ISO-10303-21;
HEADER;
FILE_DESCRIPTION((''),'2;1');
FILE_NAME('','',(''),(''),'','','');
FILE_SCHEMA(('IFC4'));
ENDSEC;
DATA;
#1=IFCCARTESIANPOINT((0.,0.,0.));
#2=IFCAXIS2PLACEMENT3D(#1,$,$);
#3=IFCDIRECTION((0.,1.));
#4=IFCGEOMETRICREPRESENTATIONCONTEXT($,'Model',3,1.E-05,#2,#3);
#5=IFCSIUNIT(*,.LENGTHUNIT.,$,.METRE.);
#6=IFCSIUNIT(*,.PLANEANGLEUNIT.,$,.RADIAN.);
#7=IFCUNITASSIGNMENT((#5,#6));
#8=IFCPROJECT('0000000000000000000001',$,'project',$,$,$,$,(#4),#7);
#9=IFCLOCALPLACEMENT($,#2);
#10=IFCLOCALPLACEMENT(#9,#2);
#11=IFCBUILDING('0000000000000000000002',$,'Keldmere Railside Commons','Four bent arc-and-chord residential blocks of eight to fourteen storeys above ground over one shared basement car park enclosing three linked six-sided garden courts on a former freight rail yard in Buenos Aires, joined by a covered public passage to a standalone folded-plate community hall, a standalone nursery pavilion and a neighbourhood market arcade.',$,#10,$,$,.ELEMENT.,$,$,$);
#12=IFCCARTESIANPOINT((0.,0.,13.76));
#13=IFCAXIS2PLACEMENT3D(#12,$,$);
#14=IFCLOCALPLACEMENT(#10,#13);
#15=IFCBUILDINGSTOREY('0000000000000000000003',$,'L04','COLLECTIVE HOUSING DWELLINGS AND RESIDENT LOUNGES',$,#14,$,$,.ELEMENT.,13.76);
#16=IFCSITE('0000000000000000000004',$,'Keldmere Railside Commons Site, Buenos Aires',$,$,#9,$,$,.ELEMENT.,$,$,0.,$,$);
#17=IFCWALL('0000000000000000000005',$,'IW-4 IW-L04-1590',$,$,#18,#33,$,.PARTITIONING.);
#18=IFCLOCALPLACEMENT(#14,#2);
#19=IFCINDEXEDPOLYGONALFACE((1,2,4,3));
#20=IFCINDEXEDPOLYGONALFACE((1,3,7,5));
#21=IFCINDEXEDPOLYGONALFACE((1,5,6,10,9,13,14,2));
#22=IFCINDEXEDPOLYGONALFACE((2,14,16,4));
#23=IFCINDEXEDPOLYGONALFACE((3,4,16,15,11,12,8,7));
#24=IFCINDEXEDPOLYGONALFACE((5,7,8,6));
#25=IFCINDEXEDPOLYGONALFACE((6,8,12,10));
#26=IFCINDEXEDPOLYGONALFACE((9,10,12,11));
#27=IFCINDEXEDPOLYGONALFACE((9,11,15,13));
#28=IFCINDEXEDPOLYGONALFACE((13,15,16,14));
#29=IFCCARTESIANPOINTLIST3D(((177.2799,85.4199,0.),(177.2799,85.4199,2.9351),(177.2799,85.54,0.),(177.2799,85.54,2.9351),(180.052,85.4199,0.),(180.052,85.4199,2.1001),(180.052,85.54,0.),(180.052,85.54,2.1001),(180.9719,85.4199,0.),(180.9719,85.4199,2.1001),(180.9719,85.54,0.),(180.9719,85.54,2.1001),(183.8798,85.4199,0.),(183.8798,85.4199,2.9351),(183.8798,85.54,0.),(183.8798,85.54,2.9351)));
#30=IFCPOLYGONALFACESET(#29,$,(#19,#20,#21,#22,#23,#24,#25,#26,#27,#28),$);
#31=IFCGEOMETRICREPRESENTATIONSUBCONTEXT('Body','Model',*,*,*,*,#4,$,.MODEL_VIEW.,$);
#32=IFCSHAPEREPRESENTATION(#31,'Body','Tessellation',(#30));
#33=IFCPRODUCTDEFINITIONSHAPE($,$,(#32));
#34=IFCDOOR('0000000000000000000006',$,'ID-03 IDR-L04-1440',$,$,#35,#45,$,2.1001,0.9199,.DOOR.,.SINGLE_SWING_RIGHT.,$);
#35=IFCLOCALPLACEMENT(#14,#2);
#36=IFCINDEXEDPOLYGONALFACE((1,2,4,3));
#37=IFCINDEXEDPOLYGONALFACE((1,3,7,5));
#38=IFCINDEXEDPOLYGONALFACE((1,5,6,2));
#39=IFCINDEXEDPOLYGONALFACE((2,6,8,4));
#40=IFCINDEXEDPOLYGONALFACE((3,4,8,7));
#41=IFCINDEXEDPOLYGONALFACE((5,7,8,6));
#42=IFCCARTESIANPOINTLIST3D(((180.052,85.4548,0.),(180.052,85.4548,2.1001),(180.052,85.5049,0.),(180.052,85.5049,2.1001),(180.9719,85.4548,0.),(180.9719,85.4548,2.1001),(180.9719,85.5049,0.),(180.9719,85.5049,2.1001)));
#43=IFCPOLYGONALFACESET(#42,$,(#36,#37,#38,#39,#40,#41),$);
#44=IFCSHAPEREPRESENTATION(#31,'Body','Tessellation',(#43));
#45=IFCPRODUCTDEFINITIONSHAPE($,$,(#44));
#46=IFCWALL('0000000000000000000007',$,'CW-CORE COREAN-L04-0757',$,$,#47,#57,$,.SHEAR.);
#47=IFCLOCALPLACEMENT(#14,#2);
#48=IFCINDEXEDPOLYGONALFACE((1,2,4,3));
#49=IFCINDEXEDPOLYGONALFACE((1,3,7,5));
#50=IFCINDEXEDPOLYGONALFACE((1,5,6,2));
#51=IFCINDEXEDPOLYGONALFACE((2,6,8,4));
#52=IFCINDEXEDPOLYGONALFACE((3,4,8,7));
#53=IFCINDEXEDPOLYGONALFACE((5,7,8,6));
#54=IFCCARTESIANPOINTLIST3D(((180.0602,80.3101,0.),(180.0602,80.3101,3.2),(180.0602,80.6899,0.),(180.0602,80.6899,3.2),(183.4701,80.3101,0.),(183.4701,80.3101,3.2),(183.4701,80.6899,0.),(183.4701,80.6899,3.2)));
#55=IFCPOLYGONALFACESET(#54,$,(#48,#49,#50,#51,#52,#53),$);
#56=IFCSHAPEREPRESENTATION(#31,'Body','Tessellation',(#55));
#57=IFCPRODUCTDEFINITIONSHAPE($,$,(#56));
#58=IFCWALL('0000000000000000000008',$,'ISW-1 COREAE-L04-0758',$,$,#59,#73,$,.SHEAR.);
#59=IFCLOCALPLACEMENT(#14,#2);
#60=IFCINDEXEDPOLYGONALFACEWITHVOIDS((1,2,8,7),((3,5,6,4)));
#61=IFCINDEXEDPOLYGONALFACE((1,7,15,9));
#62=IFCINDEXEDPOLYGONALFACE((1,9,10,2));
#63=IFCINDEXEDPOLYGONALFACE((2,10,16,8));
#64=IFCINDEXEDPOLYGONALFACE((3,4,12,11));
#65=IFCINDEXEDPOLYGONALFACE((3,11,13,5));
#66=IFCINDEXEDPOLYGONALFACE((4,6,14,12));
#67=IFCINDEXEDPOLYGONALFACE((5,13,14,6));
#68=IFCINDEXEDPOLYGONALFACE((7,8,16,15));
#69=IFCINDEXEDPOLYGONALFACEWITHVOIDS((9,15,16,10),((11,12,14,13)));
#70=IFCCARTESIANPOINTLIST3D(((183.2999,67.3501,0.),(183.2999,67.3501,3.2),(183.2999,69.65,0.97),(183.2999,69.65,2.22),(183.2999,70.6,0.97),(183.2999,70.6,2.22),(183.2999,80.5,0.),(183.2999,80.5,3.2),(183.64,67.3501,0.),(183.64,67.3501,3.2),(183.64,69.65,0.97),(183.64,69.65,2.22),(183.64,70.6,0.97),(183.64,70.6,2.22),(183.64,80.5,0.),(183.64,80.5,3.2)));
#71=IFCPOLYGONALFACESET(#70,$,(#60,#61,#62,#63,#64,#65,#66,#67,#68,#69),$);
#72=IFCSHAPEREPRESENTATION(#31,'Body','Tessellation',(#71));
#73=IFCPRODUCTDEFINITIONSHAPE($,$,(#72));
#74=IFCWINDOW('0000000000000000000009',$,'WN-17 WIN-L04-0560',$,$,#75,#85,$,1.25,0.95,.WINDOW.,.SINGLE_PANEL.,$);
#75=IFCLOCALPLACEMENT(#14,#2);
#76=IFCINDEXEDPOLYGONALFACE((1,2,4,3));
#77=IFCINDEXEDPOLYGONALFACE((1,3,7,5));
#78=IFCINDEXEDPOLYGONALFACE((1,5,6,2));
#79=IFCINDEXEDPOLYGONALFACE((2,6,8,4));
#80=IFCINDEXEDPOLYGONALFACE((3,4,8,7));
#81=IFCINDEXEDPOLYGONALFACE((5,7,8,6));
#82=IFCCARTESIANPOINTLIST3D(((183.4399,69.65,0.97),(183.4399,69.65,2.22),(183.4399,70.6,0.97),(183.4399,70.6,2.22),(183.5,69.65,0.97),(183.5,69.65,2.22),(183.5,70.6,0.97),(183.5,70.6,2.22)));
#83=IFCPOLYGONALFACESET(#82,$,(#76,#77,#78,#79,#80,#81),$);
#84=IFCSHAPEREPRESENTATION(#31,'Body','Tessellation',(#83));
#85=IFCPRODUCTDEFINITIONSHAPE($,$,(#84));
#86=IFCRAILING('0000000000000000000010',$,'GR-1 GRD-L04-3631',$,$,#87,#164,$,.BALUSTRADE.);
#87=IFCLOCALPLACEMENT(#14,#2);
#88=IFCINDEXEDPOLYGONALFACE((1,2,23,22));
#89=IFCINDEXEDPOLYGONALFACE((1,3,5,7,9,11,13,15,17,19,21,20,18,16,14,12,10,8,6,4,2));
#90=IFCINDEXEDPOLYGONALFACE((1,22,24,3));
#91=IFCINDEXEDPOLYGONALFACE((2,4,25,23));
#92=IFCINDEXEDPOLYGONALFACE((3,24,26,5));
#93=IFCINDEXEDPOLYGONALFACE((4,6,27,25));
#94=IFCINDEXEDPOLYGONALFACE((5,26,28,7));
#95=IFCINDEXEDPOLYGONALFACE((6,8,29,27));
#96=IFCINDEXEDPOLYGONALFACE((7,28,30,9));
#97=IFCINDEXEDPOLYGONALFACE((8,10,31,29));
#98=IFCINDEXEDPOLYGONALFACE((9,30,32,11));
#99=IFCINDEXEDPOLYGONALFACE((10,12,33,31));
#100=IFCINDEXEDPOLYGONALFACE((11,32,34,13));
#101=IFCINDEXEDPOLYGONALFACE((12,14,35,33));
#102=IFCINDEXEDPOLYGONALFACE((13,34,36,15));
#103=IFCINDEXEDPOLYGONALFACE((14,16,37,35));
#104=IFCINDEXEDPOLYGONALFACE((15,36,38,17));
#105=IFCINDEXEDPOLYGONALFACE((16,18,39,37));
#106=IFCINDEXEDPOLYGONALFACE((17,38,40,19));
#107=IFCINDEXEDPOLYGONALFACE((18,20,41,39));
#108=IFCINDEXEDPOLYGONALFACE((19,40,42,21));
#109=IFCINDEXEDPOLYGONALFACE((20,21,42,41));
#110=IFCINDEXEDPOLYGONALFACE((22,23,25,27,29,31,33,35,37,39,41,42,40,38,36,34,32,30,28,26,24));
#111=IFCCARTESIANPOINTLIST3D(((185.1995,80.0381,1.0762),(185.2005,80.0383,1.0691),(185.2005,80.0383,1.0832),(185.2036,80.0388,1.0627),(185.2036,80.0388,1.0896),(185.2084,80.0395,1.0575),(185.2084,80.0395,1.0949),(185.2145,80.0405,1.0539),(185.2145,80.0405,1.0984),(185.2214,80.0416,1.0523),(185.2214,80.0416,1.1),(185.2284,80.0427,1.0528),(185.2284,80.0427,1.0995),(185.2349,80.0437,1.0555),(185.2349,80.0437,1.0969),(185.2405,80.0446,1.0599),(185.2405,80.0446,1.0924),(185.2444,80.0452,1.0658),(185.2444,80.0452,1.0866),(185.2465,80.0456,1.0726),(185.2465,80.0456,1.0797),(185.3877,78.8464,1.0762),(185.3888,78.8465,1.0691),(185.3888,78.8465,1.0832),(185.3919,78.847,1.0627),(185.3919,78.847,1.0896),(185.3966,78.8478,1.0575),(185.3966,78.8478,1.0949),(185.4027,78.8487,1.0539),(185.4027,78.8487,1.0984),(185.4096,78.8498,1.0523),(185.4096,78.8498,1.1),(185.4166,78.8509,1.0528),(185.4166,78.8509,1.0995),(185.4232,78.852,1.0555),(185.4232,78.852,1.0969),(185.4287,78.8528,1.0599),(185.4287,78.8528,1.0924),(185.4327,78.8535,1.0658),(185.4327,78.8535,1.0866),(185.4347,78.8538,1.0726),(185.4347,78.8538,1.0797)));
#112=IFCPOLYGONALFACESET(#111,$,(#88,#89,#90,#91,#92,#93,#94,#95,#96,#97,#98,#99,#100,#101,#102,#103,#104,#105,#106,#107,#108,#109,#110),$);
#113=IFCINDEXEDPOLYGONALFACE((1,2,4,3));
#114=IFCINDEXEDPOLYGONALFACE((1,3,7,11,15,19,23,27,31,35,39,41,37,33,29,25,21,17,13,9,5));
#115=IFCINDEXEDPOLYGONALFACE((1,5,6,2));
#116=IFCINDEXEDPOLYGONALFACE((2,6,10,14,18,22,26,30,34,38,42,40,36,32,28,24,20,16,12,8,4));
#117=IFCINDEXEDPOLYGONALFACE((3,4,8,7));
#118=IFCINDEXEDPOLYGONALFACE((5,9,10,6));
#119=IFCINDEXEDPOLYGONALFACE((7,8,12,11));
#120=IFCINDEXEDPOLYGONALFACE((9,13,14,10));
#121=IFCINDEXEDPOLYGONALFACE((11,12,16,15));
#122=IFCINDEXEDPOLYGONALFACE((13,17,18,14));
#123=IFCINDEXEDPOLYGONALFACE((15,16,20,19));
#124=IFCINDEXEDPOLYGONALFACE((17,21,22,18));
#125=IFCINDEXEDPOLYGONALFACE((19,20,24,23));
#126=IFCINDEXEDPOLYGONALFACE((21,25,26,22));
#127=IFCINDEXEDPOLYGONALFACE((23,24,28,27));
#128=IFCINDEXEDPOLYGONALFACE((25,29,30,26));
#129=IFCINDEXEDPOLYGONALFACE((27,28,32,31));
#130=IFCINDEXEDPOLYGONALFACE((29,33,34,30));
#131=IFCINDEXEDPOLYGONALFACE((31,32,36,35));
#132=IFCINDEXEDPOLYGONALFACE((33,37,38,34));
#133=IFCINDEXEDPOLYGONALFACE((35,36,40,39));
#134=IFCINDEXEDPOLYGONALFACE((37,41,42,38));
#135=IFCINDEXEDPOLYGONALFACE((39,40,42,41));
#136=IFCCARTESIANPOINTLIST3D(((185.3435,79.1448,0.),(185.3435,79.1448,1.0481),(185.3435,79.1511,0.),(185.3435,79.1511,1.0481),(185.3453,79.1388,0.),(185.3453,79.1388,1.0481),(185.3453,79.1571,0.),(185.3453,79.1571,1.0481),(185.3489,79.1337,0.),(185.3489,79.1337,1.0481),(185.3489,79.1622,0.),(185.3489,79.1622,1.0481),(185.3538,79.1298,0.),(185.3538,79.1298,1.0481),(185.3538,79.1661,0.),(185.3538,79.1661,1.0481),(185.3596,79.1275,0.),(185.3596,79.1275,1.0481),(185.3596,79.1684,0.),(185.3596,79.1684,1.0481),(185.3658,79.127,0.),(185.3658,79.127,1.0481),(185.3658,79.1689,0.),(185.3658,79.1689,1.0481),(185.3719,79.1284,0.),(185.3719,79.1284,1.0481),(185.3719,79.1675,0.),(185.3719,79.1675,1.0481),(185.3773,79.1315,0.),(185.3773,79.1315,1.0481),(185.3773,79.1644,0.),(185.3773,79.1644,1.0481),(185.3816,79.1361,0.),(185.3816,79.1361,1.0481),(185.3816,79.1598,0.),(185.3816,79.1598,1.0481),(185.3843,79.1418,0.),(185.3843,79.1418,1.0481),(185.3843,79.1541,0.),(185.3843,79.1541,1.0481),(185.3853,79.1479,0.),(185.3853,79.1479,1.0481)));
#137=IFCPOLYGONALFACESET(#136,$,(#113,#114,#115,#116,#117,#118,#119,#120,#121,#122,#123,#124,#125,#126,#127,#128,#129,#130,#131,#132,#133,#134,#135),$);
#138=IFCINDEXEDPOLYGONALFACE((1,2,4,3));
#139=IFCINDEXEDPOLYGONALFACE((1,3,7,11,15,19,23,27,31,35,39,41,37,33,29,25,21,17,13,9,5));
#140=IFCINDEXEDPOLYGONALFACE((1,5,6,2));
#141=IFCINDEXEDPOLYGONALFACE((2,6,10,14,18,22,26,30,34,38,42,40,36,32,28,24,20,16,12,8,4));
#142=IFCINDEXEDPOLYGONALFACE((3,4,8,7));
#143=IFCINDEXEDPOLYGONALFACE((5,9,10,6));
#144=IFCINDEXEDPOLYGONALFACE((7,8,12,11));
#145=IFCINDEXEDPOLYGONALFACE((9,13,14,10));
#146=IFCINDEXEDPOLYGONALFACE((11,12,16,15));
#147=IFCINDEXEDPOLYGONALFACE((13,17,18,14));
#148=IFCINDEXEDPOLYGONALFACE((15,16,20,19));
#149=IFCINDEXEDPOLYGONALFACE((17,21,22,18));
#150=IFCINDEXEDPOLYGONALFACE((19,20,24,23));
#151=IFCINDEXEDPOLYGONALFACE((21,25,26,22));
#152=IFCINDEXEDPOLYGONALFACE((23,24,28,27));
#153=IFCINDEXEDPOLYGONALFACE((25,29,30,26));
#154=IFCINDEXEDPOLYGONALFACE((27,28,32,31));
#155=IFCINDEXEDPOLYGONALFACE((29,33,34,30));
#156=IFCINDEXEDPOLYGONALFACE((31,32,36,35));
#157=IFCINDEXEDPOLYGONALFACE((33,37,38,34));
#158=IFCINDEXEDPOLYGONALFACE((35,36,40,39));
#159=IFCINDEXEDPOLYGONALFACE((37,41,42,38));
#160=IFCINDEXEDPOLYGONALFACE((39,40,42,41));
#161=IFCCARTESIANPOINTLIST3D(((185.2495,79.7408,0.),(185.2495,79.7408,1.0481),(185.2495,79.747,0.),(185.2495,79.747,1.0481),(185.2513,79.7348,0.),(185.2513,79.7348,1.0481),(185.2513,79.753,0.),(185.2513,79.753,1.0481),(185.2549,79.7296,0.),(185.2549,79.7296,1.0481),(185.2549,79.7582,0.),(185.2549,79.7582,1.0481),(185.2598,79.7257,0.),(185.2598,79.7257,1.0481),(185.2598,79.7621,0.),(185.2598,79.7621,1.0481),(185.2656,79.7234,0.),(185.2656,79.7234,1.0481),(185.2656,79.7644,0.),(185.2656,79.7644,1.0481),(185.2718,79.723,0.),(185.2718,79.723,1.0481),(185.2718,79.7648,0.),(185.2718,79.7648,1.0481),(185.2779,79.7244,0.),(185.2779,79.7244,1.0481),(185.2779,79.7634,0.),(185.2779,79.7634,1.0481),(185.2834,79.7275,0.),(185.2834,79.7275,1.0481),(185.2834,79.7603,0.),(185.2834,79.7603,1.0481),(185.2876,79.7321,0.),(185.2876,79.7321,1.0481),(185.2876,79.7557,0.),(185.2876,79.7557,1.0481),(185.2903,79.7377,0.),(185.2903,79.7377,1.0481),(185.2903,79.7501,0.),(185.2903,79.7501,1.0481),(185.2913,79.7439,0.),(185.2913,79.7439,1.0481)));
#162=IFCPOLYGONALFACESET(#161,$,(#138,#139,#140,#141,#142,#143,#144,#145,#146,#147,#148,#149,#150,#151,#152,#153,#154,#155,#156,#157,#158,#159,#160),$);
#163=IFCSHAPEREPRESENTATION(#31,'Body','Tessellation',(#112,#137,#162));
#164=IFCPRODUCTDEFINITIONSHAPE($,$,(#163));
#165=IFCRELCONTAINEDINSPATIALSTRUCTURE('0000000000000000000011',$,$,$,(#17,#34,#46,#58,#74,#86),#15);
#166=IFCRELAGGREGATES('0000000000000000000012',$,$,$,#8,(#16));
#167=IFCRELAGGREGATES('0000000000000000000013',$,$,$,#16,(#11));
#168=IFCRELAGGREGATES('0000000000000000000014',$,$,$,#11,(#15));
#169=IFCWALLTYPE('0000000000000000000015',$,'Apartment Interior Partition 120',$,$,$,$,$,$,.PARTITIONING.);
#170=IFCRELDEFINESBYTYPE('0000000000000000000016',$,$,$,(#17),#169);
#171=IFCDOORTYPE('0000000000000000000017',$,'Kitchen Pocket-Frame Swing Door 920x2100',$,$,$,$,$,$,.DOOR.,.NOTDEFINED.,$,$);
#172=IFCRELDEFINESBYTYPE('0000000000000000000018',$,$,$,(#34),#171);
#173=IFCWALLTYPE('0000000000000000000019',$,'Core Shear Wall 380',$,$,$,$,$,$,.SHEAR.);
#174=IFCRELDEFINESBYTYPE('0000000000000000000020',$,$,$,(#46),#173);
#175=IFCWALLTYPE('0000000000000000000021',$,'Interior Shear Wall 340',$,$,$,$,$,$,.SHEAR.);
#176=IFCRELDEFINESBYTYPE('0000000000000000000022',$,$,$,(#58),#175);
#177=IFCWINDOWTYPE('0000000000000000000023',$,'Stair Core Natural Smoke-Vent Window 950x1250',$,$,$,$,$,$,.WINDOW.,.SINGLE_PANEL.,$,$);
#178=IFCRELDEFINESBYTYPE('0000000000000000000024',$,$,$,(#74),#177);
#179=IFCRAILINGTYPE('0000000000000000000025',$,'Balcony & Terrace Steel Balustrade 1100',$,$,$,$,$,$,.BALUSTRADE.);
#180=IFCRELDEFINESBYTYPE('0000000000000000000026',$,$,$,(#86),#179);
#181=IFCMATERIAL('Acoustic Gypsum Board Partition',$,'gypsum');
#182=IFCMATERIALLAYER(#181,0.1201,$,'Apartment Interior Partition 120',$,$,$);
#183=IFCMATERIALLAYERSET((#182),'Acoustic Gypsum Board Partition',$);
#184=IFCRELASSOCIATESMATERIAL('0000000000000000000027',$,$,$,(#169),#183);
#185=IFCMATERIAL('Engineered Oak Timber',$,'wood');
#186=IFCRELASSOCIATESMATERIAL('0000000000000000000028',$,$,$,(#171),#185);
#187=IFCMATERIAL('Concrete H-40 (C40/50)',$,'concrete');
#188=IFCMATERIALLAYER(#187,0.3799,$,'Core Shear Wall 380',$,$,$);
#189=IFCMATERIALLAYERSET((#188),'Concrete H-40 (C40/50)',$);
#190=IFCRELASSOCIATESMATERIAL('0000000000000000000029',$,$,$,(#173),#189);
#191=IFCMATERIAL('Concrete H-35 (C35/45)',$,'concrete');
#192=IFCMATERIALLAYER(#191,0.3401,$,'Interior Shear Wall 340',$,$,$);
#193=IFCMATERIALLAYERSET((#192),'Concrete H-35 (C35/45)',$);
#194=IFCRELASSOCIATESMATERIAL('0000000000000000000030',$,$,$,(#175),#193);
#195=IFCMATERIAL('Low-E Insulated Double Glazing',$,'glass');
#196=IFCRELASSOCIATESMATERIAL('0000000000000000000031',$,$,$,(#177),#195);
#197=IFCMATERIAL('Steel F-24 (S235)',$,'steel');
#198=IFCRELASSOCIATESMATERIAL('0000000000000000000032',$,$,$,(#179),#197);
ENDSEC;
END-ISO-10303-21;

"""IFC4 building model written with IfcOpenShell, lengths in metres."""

from ifc_helpers import new_model, si_unit, direction, frame, frame_2d, origin, origin_2d, place, context, subcontext, project, spatial, rectangle, circle, extrude, material, layer, layer_set, type_object, element, fill, save


model = new_model("IFC4")

# Units and contexts
model_context = context("Model", 3, precision=1e-05, world=origin(), true_north=direction((0.0, 1.0)))
body_context = subcontext(model_context, "Body", "Model", "MODEL_VIEW")
ifc_project = project(units=[si_unit("LENGTHUNIT", "METRE"), si_unit("PLANEANGLEUNIT", "RADIAN")], contexts=[model_context])

# Site, building, storey
site_placement = place(None, origin())
site = spatial("IfcSite", under=ifc_project, at=site_placement, Name="Keldmere Railside Commons Site, Buenos Aires", CompositionType="ELEMENT", RefElevation=0.0)
building_placement = place(site_placement, origin())
building = spatial("IfcBuilding", under=site, at=building_placement, Name="Keldmere Railside Commons", Description="Four bent arc-and-chord residential blocks of eight to fourteen storeys above ground over one shared basement car park enclosing three linked six-sided garden courts on a former freight rail yard in Buenos Aires, joined by a covered public passage to a standalone folded-plate community hall, a standalone nursery pavilion and a neighbourhood market arcade.", CompositionType="ELEMENT")
storey_placement = place(building_placement, frame((0.0, 0.0, 13.76)))
storey = spatial("IfcBuildingStorey", under=building, at=storey_placement, Name="L04", Description="COLLECTIVE HOUSING DWELLINGS AND RESIDENT LOUNGES", CompositionType="ELEMENT", Elevation=13.76)

# Shared definitions
ifc_material_1 = material(Name="Concrete H-35 (C35/45)", Category="concrete")

# Shared definitions
ifc_material_2 = material(Name="Acoustic Gypsum Board Partition", Category="gypsum")

# Wall, opening, door
ifc_layer_1 = layer(ifc_material_2, 0.1201, Name="Apartment Interior Partition 120")
ifc_layer_set_1 = layer_set([ifc_layer_1], Name="Acoustic Gypsum Board Partition")
wall_type_1 = type_object("IfcWallType", Name="Apartment Interior Partition 120", PredefinedType="PARTITIONING", material=ifc_layer_set_1)
wall_1_placement = place(storey_placement, frame((177.28, 85.48, 0.0), z_axis=(0.0, 0.0, 1.0), x_axis=(1.0, 0.0, 0.0)))
wall_1 = element("IfcWall", 1, at=wall_1_placement, inside=storey, type_object=wall_type_1, Name="IW-4 IW-L04-1590", PredefinedType="PARTITIONING", context=body_context, shape_type="SweptSolid", body=[
    extrude(rectangle(XDim=6.5999, YDim=0.1201, at=frame_2d((3.2998, 0.0))), origin(), (0.0, 0.0, 1.0), 2.9351),
])
opening_1_placement = place(wall_1_placement, frame((2.772, 0.0, 0.0)))
opening_1 = element("IfcOpeningElement", 2, at=opening_1_placement, cuts=wall_1, PredefinedType="OPENING", context=body_context, shape_type="SweptSolid", body=[
    extrude(rectangle(XDim=0.9199, YDim=2.1001, at=frame_2d((0.46, 1.05))), frame((0.0, 0.0701, 0.0), z_axis=(0.0, -1.0, 0.0), x_axis=(1.0, 0.0, 0.0)), (0.0, 0.0, 1.0), 0.1401),
])
ifc_material_3 = material(Name="Engineered Oak Timber", Category="wood")
door_type = type_object("IfcDoorType", Name="Kitchen Pocket-Frame Swing Door 920x2100", OperationType="NOTDEFINED", PredefinedType="DOOR", material=ifc_material_3)
door_placement = place(opening_1_placement, origin())
door = element("IfcDoor", 3, at=door_placement, inside=storey, type_object=door_type, Name="ID-03 IDR-L04-1440", OperationType="SINGLE_SWING_RIGHT", OverallHeight=2.1001, OverallWidth=0.9199, PredefinedType="DOOR", context=body_context, shape_type="SweptSolid", body=[
    extrude(rectangle(XDim=0.9199, YDim=2.1001, at=frame_2d((0.46, 1.05))), frame((0.0, 0.0249, 0.0), z_axis=(0.0, -1.0, 0.0), x_axis=(1.0, 0.0, 0.0)), (0.0, 0.0, 1.0), 0.05),
])
fill(opening_1, door)

# Wall
ifc_material_4 = material(Name="Concrete H-40 (C40/50)", Category="concrete")
ifc_layer_2 = layer(ifc_material_4, 0.3799, Name="Core Shear Wall 380")
ifc_layer_set_2 = layer_set([ifc_layer_2], Name="Concrete H-40 (C40/50)")
wall_type_2 = type_object("IfcWallType", Name="Core Shear Wall 380", PredefinedType="SHEAR", material=ifc_layer_set_2)
wall_2_placement = place(storey_placement, frame((180.0601, 80.5, 0.0), z_axis=(0.0, 0.0, 1.0), x_axis=(1.0, 0.0, 0.0)))
element("IfcWall", 4, at=wall_2_placement, inside=storey, type_object=wall_type_2, Name="CW-CORE COREAN-L04-0757", PredefinedType="SHEAR", context=body_context, shape_type="SweptSolid", body=[
    extrude(rectangle(XDim=3.4099, YDim=0.3799, at=frame_2d((1.7051, 0.0))), origin(), (0.0, 0.0, 1.0), 3.2),
])

# Wall, opening, window
ifc_layer_3 = layer(ifc_material_1, 0.3401, Name="Interior Shear Wall 340")
ifc_layer_set_3 = layer_set([ifc_layer_3], Name="Concrete H-35 (C35/45)")
wall_type_3 = type_object("IfcWallType", Name="Interior Shear Wall 340", PredefinedType="SHEAR", material=ifc_layer_set_3)
wall_3_placement = place(storey_placement, frame((183.47, 80.5, 0.0), z_axis=(0.0, 0.0, 1.0), x_axis=(0.0, -1.0, 0.0)))
wall_3 = element("IfcWall", 5, at=wall_3_placement, inside=storey, type_object=wall_type_3, Name="ISW-1 COREAE-L04-0758", PredefinedType="SHEAR", context=body_context, shape_type="SweptSolid", body=[
    extrude(rectangle(XDim=13.1499, YDim=0.3401, at=frame_2d((6.575, 0.0))), origin(), (0.0, 0.0, 1.0), 3.2),
])
opening_2_placement = place(wall_3_placement, frame((9.8999, 0.0, 0.97)))
opening_2 = element("IfcOpeningElement", 6, at=opening_2_placement, cuts=wall_3, PredefinedType="OPENING", context=body_context, shape_type="SweptSolid", body=[
    extrude(rectangle(XDim=0.95, YDim=1.25, at=frame_2d((0.4751, 0.625))), frame((0.0, 0.1799, 0.0), z_axis=(0.0, -1.0, 0.0), x_axis=(1.0, 0.0, 0.0)), (0.0, 0.0, 1.0), 0.3601),
])
ifc_material_5 = material(Name="Low-E Insulated Double Glazing", Category="glass")
window_type = type_object("IfcWindowType", Name="Stair Core Natural Smoke-Vent Window 950x1250", PartitioningType="SINGLE_PANEL", PredefinedType="WINDOW", material=ifc_material_5)
window_placement = place(opening_2_placement, origin())
window = element("IfcWindow", 7, at=window_placement, inside=storey, type_object=window_type, Name="WN-17 WIN-L04-0560", OverallHeight=1.25, OverallWidth=0.95, PartitioningType="SINGLE_PANEL", PredefinedType="WINDOW", context=body_context, shape_type="SweptSolid", body=[
    extrude(rectangle(XDim=0.95, YDim=1.25, at=frame_2d((0.4751, 0.625))), frame((0.0, 0.03, 0.0), z_axis=(0.0, -1.0, 0.0), x_axis=(1.0, 0.0, 0.0)), (0.0, 0.0, 1.0), 0.0601),
])
fill(opening_2, window)

# Railing
ifc_material_6 = material(Name="Steel F-24 (S235)", Category="steel")
railing_type = type_object("IfcRailingType", Name="Balcony & Terrace Steel Balustrade 1100", PredefinedType="BALUSTRADE", material=ifc_material_6)
railing_1_placement = place(storey_placement, frame((185.4114, 78.8501, 0.0)))
element("IfcRailing", 8, at=railing_1_placement, inside=storey, type_object=railing_type, Name="GR-1 GRD-L04-3631", PredefinedType="BALUSTRADE", context=body_context, shape_type="SweptSolid", body=[
    extrude(circle(Radius=0.0239, at=origin_2d()), frame((0.0, 0.0, 1.0762), z_axis=(-0.156025, 0.987753, 0.0), x_axis=(-0.987753, -0.156025, 0.0)), (0.0, 0.0, 1.0), 1.2065),
    extrude(circle(Radius=0.021, at=origin_2d()), frame((-0.0471, 0.2979, 0.0)), (0.0, 0.0, 1.0), 1.0481),
    extrude(circle(Radius=0.021, at=origin_2d()), frame((-0.1411, 0.8938, 0.0)), (0.0, 0.0, 1.0), 1.0481),
])

save(model, "model.ifc")
